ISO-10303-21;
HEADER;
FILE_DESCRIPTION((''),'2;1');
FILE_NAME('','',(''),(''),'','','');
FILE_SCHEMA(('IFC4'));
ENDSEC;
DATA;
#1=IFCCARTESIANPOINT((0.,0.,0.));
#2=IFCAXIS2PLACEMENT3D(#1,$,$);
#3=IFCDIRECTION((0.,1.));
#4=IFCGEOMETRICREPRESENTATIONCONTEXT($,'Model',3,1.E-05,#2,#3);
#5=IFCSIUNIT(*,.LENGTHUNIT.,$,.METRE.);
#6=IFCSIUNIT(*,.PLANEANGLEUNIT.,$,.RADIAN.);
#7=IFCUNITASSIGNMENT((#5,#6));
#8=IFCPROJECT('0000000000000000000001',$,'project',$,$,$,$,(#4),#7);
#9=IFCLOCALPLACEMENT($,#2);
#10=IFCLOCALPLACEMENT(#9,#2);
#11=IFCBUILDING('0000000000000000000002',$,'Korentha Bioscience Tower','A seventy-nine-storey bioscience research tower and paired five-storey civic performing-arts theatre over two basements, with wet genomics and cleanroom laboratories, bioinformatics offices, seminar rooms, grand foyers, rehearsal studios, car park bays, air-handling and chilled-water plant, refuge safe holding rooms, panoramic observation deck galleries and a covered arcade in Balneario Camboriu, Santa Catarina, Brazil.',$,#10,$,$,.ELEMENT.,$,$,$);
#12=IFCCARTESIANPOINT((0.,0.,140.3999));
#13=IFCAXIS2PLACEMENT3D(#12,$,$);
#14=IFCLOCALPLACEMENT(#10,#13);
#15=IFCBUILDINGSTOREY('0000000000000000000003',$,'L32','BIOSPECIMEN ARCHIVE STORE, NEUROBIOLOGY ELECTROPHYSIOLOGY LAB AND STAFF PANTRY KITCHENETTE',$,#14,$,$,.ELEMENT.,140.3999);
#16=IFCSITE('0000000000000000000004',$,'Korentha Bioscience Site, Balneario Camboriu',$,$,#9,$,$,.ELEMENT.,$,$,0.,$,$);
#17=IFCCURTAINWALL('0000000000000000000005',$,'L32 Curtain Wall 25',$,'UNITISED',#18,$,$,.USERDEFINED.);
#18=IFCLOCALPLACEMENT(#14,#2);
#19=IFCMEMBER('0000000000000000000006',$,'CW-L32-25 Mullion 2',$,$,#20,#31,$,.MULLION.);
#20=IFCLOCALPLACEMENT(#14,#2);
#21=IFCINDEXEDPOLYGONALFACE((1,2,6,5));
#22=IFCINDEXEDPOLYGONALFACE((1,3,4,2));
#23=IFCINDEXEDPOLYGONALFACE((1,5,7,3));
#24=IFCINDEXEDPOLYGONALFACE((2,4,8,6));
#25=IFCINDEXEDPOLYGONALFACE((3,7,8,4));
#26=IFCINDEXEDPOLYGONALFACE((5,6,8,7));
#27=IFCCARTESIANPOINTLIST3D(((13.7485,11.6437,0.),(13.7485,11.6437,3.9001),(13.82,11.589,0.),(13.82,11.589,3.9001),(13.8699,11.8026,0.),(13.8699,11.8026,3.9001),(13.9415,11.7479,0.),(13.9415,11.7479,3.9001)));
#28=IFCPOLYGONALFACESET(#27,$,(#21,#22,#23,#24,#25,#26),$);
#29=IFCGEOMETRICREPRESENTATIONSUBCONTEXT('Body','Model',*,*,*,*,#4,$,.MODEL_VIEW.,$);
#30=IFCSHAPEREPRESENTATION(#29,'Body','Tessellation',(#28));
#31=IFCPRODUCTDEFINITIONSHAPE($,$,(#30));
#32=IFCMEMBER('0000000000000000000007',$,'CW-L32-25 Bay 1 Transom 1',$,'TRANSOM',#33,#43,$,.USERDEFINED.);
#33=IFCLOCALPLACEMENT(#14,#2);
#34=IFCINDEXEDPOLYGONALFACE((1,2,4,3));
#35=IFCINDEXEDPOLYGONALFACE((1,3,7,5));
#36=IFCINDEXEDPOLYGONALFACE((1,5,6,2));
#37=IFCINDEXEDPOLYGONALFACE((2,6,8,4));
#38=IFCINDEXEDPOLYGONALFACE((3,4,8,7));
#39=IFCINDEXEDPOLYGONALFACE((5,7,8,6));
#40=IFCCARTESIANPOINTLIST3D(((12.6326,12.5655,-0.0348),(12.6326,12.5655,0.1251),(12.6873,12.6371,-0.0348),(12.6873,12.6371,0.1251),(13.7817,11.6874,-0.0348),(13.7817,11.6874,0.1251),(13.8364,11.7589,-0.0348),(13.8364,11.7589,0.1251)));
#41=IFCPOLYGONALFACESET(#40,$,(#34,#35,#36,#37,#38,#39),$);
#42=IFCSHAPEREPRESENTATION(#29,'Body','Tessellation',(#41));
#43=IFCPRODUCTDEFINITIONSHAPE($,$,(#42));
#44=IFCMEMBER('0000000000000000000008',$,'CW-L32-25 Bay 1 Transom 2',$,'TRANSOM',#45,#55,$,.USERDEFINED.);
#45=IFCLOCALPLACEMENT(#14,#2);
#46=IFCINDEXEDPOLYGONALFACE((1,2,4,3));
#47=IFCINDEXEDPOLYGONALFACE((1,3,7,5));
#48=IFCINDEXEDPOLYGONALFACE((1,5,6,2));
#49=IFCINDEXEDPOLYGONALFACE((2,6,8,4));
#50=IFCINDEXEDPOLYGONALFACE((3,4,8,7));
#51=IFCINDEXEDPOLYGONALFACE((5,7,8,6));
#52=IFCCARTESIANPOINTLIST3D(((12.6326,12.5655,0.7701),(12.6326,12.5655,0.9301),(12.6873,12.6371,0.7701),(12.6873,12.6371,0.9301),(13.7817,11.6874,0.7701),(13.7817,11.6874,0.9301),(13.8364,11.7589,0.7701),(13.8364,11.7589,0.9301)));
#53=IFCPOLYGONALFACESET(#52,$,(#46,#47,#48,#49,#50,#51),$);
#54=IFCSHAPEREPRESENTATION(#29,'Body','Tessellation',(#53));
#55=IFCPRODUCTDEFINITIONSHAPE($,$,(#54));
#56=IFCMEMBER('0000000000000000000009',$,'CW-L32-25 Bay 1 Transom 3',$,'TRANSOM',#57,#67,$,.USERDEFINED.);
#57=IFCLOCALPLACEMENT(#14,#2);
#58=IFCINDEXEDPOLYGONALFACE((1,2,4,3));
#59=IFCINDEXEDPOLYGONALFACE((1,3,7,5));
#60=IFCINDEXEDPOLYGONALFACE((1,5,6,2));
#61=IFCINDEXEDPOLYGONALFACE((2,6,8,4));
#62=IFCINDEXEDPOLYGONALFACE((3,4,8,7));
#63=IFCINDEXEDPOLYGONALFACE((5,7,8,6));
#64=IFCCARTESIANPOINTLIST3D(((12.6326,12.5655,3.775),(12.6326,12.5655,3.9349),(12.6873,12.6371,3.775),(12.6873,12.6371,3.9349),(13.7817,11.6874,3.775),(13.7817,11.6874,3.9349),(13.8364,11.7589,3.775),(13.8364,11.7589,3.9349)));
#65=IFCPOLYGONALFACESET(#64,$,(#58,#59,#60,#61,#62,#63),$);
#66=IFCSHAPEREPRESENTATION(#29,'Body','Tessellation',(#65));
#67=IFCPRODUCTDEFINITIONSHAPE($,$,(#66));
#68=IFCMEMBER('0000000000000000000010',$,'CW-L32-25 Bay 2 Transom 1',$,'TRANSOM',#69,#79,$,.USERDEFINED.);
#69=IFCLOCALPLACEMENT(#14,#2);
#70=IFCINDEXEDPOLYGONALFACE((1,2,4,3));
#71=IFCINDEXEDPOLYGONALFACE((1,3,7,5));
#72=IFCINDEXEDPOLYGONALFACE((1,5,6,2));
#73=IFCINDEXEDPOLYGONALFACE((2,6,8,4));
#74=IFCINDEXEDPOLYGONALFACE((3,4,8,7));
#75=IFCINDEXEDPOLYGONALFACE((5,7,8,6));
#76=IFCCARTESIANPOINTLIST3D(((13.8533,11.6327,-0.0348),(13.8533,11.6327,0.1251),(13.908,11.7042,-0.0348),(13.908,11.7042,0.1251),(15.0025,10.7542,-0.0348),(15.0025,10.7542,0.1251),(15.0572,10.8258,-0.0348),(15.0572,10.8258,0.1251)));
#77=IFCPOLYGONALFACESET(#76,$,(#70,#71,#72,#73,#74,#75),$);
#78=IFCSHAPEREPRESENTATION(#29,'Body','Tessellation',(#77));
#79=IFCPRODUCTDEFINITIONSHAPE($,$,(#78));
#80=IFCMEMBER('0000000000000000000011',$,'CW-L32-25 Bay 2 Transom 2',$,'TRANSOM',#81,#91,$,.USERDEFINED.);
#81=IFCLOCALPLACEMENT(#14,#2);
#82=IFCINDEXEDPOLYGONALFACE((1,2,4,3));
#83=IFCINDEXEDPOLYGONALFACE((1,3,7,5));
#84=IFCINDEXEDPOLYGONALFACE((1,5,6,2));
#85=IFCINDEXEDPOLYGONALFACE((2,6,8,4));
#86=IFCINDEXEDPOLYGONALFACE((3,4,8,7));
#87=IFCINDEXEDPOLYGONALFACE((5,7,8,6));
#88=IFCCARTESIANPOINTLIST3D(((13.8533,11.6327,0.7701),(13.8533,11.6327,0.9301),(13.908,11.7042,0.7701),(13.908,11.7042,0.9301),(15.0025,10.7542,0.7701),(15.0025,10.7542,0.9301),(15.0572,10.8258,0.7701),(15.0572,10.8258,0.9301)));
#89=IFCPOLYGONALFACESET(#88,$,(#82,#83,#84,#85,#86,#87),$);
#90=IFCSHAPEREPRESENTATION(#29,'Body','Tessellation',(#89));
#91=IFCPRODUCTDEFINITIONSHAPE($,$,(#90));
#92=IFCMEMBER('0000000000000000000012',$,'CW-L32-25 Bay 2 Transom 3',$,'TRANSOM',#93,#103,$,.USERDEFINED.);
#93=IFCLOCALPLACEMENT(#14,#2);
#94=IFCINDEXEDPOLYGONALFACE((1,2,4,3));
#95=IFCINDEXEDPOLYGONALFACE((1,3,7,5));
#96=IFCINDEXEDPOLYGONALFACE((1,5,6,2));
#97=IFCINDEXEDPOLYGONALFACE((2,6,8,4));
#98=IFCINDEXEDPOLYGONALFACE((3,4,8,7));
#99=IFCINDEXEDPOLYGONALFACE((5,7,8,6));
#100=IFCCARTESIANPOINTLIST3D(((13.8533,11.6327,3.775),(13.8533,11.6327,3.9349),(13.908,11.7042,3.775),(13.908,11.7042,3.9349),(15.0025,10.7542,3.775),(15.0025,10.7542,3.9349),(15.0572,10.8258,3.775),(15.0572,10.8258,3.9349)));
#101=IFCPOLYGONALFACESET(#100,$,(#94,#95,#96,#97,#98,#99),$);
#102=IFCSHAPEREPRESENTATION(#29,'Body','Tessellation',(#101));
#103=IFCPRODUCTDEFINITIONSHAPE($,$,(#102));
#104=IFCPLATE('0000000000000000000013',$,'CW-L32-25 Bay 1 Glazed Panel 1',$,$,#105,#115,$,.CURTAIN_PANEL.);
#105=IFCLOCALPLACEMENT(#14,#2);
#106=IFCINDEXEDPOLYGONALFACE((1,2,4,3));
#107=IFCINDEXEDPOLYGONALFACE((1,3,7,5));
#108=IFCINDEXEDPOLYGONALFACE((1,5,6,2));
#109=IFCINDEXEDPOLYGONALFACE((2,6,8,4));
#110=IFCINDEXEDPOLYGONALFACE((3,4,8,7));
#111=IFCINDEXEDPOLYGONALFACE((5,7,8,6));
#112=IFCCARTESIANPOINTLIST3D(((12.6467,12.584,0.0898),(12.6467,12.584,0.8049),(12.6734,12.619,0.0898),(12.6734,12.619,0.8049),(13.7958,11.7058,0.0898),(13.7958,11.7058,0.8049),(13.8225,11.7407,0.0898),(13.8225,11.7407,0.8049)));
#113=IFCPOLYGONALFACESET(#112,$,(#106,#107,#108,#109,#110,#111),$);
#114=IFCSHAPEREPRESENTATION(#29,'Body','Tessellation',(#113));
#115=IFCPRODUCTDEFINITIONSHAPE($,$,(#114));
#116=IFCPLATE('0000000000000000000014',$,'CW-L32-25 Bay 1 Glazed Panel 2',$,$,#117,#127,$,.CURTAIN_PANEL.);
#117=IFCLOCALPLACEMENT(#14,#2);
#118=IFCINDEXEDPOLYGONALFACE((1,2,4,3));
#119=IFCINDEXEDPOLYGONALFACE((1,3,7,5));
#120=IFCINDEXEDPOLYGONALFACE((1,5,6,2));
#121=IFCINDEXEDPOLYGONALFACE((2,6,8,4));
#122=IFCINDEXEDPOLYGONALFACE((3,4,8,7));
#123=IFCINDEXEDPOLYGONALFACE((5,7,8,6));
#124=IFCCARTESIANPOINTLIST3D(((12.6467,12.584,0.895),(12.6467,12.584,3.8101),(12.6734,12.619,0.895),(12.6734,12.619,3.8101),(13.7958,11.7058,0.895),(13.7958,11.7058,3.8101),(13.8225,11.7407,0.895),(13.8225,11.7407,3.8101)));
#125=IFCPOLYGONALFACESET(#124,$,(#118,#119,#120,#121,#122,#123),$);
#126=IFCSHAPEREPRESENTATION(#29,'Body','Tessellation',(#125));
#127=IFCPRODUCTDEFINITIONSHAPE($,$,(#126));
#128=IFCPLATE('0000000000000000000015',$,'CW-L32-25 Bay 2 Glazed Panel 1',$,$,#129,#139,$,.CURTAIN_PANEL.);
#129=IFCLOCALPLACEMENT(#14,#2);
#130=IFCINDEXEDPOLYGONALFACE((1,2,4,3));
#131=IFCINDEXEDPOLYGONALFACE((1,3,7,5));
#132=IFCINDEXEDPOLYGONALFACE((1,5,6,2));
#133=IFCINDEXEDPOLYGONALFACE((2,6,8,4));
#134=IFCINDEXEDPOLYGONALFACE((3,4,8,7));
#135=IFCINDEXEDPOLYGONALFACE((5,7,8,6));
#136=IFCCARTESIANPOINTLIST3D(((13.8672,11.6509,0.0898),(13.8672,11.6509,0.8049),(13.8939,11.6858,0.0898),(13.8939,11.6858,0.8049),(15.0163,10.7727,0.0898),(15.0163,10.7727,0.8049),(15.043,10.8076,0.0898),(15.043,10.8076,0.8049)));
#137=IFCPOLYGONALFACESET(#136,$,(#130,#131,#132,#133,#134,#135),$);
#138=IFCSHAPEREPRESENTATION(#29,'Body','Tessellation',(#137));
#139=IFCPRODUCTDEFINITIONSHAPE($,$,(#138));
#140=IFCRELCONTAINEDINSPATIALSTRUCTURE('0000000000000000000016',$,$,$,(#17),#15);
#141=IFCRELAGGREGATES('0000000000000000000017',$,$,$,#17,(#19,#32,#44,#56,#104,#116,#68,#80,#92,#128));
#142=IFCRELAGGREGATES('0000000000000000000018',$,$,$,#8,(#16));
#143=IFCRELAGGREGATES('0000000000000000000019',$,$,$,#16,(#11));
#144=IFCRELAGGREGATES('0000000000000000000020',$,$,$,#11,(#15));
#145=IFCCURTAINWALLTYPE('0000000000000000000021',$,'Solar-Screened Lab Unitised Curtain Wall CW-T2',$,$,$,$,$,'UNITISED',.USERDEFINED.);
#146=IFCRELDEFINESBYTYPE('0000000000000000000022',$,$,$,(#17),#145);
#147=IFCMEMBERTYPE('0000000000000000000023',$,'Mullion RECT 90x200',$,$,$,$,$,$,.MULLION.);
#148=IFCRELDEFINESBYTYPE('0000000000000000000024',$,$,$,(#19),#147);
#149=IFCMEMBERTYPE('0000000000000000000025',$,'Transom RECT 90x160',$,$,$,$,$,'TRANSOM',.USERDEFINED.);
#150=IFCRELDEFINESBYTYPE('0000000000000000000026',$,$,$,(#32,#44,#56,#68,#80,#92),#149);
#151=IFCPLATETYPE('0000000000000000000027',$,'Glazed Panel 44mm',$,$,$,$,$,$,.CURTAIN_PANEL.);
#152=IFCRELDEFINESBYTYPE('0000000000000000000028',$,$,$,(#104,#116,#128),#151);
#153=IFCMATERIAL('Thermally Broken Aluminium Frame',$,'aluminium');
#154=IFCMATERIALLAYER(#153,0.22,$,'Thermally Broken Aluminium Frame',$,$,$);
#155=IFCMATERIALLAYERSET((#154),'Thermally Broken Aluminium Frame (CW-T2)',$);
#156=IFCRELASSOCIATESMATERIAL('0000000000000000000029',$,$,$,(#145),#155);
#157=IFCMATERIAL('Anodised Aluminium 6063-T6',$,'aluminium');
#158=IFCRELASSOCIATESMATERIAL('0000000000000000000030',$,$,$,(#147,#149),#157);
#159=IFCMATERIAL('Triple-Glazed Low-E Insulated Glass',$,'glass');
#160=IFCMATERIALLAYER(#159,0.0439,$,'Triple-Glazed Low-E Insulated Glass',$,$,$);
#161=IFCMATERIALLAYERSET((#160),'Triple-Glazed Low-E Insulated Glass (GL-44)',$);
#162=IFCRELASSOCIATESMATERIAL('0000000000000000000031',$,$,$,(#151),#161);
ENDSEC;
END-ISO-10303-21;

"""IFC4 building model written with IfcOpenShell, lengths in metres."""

from ifc_helpers import new_model, si_unit, direction, frame, origin, origin_2d, place, context, subcontext, project, spatial, rectangle, extrude, material, layer, layer_set, material_profile, profile_set, type_object, element, aggregate, save


model = new_model("IFC4")

# Units and contexts
model_context = context("Model", 3, precision=1e-05, world=origin(), true_north=direction((0.0, 1.0)))
body_context = subcontext(model_context, "Body", "Model", "MODEL_VIEW")
ifc_project = project(units=[si_unit("LENGTHUNIT", "METRE"), si_unit("PLANEANGLEUNIT", "RADIAN")], contexts=[model_context])

# Site, building, storey
site_placement = place(None, origin())
site = spatial("IfcSite", under=ifc_project, at=site_placement, Name="Korentha Bioscience Site, Balneario Camboriu", CompositionType="ELEMENT", RefElevation=0.0)
building_placement = place(site_placement, origin())
building = spatial("IfcBuilding", under=site, at=building_placement, Name="Korentha Bioscience Tower", Description="A seventy-nine-storey bioscience research tower and paired five-storey civic performing-arts theatre over two basements, with wet genomics and cleanroom laboratories, bioinformatics offices, seminar rooms, grand foyers, rehearsal studios, car park bays, air-handling and chilled-water plant, refuge safe holding rooms, panoramic observation deck galleries and a covered arcade in Balneario Camboriu, Santa Catarina, Brazil.", CompositionType="ELEMENT")
storey_placement = place(building_placement, frame((0.0, 0.0, 140.3999)))
storey = spatial("IfcBuildingStorey", under=building, at=storey_placement, Name="L32", Description="BIOSPECIMEN ARCHIVE STORE, NEUROBIOLOGY ELECTROPHYSIOLOGY LAB AND STAFF PANTRY KITCHENETTE", CompositionType="ELEMENT", Elevation=140.3999)

# Curtain wall, members, plates
ifc_material_1 = material(Name="Thermally Broken Aluminium Frame", Category="aluminium")
ifc_layer_1 = layer(ifc_material_1, 0.22, Name="Thermally Broken Aluminium Frame")
ifc_layer_set_1 = layer_set([ifc_layer_1], Name="Thermally Broken Aluminium Frame (CW-T2)")
curtain_wall_type = type_object("IfcCurtainWallType", Name="Solar-Screened Lab Unitised Curtain Wall CW-T2", ElementType="UNITISED", PredefinedType="USERDEFINED", material=ifc_layer_set_1)
curtain_wall_placement = place(storey_placement, origin())
curtain_wall = element("IfcCurtainWall", 1, at=curtain_wall_placement, inside=storey, type_object=curtain_wall_type, Name="L32 Curtain Wall 25", ObjectType="UNITISED", PredefinedType="USERDEFINED")
ifc_material_2 = material(Name="Anodised Aluminium 6063-T6", Category="aluminium")
ifc_material_profile_1 = material_profile(ifc_material_2, rectangle(XDim=0.0901, YDim=0.2, at=origin_2d()), Name="Anodised Aluminium 6063-T6")
ifc_profile_set_1 = profile_set([ifc_material_profile_1], Name="Anodised Aluminium 6063-T6 (CW-MUL)")
member_type_1 = type_object("IfcMemberType", Name="Mullion RECT 90x200", PredefinedType="MULLION", material=ifc_profile_set_1)
member_1_placement = place(storey_placement, frame((13.845, 11.6958, 0.0), z_axis=(0.0, 0.0, 1.0), x_axis=(0.7945, -0.607265, 0.0)))
member_1 = element("IfcMember", 2, at=member_1_placement, type_object=member_type_1, Name="CW-L32-25 Mullion 2", PredefinedType="MULLION", context=body_context, shape_type="SweptSolid", body=[
    extrude(rectangle(XDim=0.0901, YDim=0.2, at=origin_2d()), origin(), (0.0, 0.0, 1.0), 3.9001),
])
ifc_material_profile_2 = material_profile(ifc_material_2, rectangle(XDim=0.0901, YDim=0.1599, at=origin_2d()), Name="Anodised Aluminium 6063-T6")
ifc_profile_set_2 = profile_set([ifc_material_profile_2], Name="Anodised Aluminium 6063-T6 (CW-TRN)")
member_type_2 = type_object("IfcMemberType", Name="Transom RECT 90x160", ElementType="TRANSOM", PredefinedType="USERDEFINED", material=ifc_profile_set_2)
member_2_placement = place(storey_placement, frame((12.6599, 12.6013, 0.0452), z_axis=(0.794559, -0.607187, 0.0), x_axis=(0.607187, 0.794559, 0.0)))
member_2 = element("IfcMember", 3, at=member_2_placement, type_object=member_type_2, Name="CW-L32-25 Bay 1 Transom 1", ObjectType="TRANSOM", PredefinedType="USERDEFINED", context=body_context, shape_type="SweptSolid", body=[
    extrude(rectangle(XDim=0.0901, YDim=0.1599, at=origin_2d()), origin(), (0.0, 0.0, 1.0), 1.4463),
])
member_3_placement = place(storey_placement, frame((12.6599, 12.6013, 0.8501), z_axis=(0.794559, -0.607187, 0.0), x_axis=(0.607187, 0.794559, 0.0)))
member_3 = element("IfcMember", 4, at=member_3_placement, type_object=member_type_2, Name="CW-L32-25 Bay 1 Transom 2", ObjectType="TRANSOM", PredefinedType="USERDEFINED", context=body_context, shape_type="SweptSolid", body=[
    extrude(rectangle(XDim=0.0901, YDim=0.1599, at=origin_2d()), origin(), (0.0, 0.0, 1.0), 1.4463),
])
member_4_placement = place(storey_placement, frame((12.6599, 12.6013, 3.855), z_axis=(0.794559, -0.607187, 0.0), x_axis=(0.607187, 0.794559, 0.0)))
member_4 = element("IfcMember", 5, at=member_4_placement, type_object=member_type_2, Name="CW-L32-25 Bay 1 Transom 3", ObjectType="TRANSOM", PredefinedType="USERDEFINED", context=body_context, shape_type="SweptSolid", body=[
    extrude(rectangle(XDim=0.0901, YDim=0.1599, at=origin_2d()), origin(), (0.0, 0.0, 1.0), 1.4463),
])
member_5_placement = place(storey_placement, frame((13.8806, 11.6685, 0.0452), z_axis=(0.794478, -0.607293, 0.0), x_axis=(0.607293, 0.794478, 0.0)))
member_5 = element("IfcMember", 6, at=member_5_placement, type_object=member_type_2, Name="CW-L32-25 Bay 2 Transom 1", ObjectType="TRANSOM", PredefinedType="USERDEFINED", context=body_context, shape_type="SweptSolid", body=[
    extrude(rectangle(XDim=0.0901, YDim=0.1599, at=origin_2d()), origin(), (0.0, 0.0, 1.0), 1.4465),
])
member_6_placement = place(storey_placement, frame((13.8806, 11.6685, 0.8501), z_axis=(0.794478, -0.607293, 0.0), x_axis=(0.607293, 0.794478, 0.0)))
member_6 = element("IfcMember", 7, at=member_6_placement, type_object=member_type_2, Name="CW-L32-25 Bay 2 Transom 2", ObjectType="TRANSOM", PredefinedType="USERDEFINED", context=body_context, shape_type="SweptSolid", body=[
    extrude(rectangle(XDim=0.0901, YDim=0.1599, at=origin_2d()), origin(), (0.0, 0.0, 1.0), 1.4465),
])
member_7_placement = place(storey_placement, frame((13.8806, 11.6685, 3.855), z_axis=(0.794478, -0.607293, 0.0), x_axis=(0.607293, 0.794478, 0.0)))
member_7 = element("IfcMember", 8, at=member_7_placement, type_object=member_type_2, Name="CW-L32-25 Bay 2 Transom 3", ObjectType="TRANSOM", PredefinedType="USERDEFINED", context=body_context, shape_type="SweptSolid", body=[
    extrude(rectangle(XDim=0.0901, YDim=0.1599, at=origin_2d()), origin(), (0.0, 0.0, 1.0), 1.4465),
])
ifc_material_3 = material(Name="Triple-Glazed Low-E Insulated Glass", Category="glass")
ifc_layer_2 = layer(ifc_material_3, 0.0439, Name="Triple-Glazed Low-E Insulated Glass")
ifc_layer_set_2 = layer_set([ifc_layer_2], Name="Triple-Glazed Low-E Insulated Glass (GL-44)")
plate_type = type_object("IfcPlateType", Name="Glazed Panel 44mm", PredefinedType="CURTAIN_PANEL", material=ifc_layer_set_2)
plate_1_placement = place(storey_placement, frame((13.2346, 12.1624, 0.0898), z_axis=(0.0, 0.0, 1.0), x_axis=(0.7945, -0.607265, 0.0)))
plate_1 = element("IfcPlate", 9, at=plate_1_placement, type_object=plate_type, Name="CW-L32-25 Bay 1 Glazed Panel 1", PredefinedType="CURTAIN_PANEL", context=body_context, shape_type="SweptSolid", body=[
    extrude(rectangle(XDim=1.4463, YDim=0.0439, at=origin_2d()), origin(), (0.0, 0.0, 1.0), 0.7151),
])
plate_2_placement = place(storey_placement, frame((13.2346, 12.1624, 0.895), z_axis=(0.0, 0.0, 1.0), x_axis=(0.7945, -0.607265, 0.0)))
plate_2 = element("IfcPlate", 10, at=plate_2_placement, type_object=plate_type, Name="CW-L32-25 Bay 1 Glazed Panel 2", PredefinedType="CURTAIN_PANEL", context=body_context, shape_type="SweptSolid", body=[
    extrude(rectangle(XDim=1.4463, YDim=0.0439, at=origin_2d()), origin(), (0.0, 0.0, 1.0), 2.915),
])
plate_3_placement = place(storey_placement, frame((14.4551, 11.2292, 0.0898), z_axis=(0.0, 0.0, 1.0), x_axis=(0.7945, -0.607265, 0.0)))
plate_3 = element("IfcPlate", 11, at=plate_3_placement, type_object=plate_type, Name="CW-L32-25 Bay 2 Glazed Panel 1", PredefinedType="CURTAIN_PANEL", context=body_context, shape_type="SweptSolid", body=[
    extrude(rectangle(XDim=1.4463, YDim=0.0439, at=origin_2d()), origin(), (0.0, 0.0, 1.0), 0.7151),
])
aggregate(curtain_wall, [member_1, member_2, member_3, member_4, plate_1, plate_2, member_5, member_6, member_7, plate_3])

save(model, "model.ifc")
